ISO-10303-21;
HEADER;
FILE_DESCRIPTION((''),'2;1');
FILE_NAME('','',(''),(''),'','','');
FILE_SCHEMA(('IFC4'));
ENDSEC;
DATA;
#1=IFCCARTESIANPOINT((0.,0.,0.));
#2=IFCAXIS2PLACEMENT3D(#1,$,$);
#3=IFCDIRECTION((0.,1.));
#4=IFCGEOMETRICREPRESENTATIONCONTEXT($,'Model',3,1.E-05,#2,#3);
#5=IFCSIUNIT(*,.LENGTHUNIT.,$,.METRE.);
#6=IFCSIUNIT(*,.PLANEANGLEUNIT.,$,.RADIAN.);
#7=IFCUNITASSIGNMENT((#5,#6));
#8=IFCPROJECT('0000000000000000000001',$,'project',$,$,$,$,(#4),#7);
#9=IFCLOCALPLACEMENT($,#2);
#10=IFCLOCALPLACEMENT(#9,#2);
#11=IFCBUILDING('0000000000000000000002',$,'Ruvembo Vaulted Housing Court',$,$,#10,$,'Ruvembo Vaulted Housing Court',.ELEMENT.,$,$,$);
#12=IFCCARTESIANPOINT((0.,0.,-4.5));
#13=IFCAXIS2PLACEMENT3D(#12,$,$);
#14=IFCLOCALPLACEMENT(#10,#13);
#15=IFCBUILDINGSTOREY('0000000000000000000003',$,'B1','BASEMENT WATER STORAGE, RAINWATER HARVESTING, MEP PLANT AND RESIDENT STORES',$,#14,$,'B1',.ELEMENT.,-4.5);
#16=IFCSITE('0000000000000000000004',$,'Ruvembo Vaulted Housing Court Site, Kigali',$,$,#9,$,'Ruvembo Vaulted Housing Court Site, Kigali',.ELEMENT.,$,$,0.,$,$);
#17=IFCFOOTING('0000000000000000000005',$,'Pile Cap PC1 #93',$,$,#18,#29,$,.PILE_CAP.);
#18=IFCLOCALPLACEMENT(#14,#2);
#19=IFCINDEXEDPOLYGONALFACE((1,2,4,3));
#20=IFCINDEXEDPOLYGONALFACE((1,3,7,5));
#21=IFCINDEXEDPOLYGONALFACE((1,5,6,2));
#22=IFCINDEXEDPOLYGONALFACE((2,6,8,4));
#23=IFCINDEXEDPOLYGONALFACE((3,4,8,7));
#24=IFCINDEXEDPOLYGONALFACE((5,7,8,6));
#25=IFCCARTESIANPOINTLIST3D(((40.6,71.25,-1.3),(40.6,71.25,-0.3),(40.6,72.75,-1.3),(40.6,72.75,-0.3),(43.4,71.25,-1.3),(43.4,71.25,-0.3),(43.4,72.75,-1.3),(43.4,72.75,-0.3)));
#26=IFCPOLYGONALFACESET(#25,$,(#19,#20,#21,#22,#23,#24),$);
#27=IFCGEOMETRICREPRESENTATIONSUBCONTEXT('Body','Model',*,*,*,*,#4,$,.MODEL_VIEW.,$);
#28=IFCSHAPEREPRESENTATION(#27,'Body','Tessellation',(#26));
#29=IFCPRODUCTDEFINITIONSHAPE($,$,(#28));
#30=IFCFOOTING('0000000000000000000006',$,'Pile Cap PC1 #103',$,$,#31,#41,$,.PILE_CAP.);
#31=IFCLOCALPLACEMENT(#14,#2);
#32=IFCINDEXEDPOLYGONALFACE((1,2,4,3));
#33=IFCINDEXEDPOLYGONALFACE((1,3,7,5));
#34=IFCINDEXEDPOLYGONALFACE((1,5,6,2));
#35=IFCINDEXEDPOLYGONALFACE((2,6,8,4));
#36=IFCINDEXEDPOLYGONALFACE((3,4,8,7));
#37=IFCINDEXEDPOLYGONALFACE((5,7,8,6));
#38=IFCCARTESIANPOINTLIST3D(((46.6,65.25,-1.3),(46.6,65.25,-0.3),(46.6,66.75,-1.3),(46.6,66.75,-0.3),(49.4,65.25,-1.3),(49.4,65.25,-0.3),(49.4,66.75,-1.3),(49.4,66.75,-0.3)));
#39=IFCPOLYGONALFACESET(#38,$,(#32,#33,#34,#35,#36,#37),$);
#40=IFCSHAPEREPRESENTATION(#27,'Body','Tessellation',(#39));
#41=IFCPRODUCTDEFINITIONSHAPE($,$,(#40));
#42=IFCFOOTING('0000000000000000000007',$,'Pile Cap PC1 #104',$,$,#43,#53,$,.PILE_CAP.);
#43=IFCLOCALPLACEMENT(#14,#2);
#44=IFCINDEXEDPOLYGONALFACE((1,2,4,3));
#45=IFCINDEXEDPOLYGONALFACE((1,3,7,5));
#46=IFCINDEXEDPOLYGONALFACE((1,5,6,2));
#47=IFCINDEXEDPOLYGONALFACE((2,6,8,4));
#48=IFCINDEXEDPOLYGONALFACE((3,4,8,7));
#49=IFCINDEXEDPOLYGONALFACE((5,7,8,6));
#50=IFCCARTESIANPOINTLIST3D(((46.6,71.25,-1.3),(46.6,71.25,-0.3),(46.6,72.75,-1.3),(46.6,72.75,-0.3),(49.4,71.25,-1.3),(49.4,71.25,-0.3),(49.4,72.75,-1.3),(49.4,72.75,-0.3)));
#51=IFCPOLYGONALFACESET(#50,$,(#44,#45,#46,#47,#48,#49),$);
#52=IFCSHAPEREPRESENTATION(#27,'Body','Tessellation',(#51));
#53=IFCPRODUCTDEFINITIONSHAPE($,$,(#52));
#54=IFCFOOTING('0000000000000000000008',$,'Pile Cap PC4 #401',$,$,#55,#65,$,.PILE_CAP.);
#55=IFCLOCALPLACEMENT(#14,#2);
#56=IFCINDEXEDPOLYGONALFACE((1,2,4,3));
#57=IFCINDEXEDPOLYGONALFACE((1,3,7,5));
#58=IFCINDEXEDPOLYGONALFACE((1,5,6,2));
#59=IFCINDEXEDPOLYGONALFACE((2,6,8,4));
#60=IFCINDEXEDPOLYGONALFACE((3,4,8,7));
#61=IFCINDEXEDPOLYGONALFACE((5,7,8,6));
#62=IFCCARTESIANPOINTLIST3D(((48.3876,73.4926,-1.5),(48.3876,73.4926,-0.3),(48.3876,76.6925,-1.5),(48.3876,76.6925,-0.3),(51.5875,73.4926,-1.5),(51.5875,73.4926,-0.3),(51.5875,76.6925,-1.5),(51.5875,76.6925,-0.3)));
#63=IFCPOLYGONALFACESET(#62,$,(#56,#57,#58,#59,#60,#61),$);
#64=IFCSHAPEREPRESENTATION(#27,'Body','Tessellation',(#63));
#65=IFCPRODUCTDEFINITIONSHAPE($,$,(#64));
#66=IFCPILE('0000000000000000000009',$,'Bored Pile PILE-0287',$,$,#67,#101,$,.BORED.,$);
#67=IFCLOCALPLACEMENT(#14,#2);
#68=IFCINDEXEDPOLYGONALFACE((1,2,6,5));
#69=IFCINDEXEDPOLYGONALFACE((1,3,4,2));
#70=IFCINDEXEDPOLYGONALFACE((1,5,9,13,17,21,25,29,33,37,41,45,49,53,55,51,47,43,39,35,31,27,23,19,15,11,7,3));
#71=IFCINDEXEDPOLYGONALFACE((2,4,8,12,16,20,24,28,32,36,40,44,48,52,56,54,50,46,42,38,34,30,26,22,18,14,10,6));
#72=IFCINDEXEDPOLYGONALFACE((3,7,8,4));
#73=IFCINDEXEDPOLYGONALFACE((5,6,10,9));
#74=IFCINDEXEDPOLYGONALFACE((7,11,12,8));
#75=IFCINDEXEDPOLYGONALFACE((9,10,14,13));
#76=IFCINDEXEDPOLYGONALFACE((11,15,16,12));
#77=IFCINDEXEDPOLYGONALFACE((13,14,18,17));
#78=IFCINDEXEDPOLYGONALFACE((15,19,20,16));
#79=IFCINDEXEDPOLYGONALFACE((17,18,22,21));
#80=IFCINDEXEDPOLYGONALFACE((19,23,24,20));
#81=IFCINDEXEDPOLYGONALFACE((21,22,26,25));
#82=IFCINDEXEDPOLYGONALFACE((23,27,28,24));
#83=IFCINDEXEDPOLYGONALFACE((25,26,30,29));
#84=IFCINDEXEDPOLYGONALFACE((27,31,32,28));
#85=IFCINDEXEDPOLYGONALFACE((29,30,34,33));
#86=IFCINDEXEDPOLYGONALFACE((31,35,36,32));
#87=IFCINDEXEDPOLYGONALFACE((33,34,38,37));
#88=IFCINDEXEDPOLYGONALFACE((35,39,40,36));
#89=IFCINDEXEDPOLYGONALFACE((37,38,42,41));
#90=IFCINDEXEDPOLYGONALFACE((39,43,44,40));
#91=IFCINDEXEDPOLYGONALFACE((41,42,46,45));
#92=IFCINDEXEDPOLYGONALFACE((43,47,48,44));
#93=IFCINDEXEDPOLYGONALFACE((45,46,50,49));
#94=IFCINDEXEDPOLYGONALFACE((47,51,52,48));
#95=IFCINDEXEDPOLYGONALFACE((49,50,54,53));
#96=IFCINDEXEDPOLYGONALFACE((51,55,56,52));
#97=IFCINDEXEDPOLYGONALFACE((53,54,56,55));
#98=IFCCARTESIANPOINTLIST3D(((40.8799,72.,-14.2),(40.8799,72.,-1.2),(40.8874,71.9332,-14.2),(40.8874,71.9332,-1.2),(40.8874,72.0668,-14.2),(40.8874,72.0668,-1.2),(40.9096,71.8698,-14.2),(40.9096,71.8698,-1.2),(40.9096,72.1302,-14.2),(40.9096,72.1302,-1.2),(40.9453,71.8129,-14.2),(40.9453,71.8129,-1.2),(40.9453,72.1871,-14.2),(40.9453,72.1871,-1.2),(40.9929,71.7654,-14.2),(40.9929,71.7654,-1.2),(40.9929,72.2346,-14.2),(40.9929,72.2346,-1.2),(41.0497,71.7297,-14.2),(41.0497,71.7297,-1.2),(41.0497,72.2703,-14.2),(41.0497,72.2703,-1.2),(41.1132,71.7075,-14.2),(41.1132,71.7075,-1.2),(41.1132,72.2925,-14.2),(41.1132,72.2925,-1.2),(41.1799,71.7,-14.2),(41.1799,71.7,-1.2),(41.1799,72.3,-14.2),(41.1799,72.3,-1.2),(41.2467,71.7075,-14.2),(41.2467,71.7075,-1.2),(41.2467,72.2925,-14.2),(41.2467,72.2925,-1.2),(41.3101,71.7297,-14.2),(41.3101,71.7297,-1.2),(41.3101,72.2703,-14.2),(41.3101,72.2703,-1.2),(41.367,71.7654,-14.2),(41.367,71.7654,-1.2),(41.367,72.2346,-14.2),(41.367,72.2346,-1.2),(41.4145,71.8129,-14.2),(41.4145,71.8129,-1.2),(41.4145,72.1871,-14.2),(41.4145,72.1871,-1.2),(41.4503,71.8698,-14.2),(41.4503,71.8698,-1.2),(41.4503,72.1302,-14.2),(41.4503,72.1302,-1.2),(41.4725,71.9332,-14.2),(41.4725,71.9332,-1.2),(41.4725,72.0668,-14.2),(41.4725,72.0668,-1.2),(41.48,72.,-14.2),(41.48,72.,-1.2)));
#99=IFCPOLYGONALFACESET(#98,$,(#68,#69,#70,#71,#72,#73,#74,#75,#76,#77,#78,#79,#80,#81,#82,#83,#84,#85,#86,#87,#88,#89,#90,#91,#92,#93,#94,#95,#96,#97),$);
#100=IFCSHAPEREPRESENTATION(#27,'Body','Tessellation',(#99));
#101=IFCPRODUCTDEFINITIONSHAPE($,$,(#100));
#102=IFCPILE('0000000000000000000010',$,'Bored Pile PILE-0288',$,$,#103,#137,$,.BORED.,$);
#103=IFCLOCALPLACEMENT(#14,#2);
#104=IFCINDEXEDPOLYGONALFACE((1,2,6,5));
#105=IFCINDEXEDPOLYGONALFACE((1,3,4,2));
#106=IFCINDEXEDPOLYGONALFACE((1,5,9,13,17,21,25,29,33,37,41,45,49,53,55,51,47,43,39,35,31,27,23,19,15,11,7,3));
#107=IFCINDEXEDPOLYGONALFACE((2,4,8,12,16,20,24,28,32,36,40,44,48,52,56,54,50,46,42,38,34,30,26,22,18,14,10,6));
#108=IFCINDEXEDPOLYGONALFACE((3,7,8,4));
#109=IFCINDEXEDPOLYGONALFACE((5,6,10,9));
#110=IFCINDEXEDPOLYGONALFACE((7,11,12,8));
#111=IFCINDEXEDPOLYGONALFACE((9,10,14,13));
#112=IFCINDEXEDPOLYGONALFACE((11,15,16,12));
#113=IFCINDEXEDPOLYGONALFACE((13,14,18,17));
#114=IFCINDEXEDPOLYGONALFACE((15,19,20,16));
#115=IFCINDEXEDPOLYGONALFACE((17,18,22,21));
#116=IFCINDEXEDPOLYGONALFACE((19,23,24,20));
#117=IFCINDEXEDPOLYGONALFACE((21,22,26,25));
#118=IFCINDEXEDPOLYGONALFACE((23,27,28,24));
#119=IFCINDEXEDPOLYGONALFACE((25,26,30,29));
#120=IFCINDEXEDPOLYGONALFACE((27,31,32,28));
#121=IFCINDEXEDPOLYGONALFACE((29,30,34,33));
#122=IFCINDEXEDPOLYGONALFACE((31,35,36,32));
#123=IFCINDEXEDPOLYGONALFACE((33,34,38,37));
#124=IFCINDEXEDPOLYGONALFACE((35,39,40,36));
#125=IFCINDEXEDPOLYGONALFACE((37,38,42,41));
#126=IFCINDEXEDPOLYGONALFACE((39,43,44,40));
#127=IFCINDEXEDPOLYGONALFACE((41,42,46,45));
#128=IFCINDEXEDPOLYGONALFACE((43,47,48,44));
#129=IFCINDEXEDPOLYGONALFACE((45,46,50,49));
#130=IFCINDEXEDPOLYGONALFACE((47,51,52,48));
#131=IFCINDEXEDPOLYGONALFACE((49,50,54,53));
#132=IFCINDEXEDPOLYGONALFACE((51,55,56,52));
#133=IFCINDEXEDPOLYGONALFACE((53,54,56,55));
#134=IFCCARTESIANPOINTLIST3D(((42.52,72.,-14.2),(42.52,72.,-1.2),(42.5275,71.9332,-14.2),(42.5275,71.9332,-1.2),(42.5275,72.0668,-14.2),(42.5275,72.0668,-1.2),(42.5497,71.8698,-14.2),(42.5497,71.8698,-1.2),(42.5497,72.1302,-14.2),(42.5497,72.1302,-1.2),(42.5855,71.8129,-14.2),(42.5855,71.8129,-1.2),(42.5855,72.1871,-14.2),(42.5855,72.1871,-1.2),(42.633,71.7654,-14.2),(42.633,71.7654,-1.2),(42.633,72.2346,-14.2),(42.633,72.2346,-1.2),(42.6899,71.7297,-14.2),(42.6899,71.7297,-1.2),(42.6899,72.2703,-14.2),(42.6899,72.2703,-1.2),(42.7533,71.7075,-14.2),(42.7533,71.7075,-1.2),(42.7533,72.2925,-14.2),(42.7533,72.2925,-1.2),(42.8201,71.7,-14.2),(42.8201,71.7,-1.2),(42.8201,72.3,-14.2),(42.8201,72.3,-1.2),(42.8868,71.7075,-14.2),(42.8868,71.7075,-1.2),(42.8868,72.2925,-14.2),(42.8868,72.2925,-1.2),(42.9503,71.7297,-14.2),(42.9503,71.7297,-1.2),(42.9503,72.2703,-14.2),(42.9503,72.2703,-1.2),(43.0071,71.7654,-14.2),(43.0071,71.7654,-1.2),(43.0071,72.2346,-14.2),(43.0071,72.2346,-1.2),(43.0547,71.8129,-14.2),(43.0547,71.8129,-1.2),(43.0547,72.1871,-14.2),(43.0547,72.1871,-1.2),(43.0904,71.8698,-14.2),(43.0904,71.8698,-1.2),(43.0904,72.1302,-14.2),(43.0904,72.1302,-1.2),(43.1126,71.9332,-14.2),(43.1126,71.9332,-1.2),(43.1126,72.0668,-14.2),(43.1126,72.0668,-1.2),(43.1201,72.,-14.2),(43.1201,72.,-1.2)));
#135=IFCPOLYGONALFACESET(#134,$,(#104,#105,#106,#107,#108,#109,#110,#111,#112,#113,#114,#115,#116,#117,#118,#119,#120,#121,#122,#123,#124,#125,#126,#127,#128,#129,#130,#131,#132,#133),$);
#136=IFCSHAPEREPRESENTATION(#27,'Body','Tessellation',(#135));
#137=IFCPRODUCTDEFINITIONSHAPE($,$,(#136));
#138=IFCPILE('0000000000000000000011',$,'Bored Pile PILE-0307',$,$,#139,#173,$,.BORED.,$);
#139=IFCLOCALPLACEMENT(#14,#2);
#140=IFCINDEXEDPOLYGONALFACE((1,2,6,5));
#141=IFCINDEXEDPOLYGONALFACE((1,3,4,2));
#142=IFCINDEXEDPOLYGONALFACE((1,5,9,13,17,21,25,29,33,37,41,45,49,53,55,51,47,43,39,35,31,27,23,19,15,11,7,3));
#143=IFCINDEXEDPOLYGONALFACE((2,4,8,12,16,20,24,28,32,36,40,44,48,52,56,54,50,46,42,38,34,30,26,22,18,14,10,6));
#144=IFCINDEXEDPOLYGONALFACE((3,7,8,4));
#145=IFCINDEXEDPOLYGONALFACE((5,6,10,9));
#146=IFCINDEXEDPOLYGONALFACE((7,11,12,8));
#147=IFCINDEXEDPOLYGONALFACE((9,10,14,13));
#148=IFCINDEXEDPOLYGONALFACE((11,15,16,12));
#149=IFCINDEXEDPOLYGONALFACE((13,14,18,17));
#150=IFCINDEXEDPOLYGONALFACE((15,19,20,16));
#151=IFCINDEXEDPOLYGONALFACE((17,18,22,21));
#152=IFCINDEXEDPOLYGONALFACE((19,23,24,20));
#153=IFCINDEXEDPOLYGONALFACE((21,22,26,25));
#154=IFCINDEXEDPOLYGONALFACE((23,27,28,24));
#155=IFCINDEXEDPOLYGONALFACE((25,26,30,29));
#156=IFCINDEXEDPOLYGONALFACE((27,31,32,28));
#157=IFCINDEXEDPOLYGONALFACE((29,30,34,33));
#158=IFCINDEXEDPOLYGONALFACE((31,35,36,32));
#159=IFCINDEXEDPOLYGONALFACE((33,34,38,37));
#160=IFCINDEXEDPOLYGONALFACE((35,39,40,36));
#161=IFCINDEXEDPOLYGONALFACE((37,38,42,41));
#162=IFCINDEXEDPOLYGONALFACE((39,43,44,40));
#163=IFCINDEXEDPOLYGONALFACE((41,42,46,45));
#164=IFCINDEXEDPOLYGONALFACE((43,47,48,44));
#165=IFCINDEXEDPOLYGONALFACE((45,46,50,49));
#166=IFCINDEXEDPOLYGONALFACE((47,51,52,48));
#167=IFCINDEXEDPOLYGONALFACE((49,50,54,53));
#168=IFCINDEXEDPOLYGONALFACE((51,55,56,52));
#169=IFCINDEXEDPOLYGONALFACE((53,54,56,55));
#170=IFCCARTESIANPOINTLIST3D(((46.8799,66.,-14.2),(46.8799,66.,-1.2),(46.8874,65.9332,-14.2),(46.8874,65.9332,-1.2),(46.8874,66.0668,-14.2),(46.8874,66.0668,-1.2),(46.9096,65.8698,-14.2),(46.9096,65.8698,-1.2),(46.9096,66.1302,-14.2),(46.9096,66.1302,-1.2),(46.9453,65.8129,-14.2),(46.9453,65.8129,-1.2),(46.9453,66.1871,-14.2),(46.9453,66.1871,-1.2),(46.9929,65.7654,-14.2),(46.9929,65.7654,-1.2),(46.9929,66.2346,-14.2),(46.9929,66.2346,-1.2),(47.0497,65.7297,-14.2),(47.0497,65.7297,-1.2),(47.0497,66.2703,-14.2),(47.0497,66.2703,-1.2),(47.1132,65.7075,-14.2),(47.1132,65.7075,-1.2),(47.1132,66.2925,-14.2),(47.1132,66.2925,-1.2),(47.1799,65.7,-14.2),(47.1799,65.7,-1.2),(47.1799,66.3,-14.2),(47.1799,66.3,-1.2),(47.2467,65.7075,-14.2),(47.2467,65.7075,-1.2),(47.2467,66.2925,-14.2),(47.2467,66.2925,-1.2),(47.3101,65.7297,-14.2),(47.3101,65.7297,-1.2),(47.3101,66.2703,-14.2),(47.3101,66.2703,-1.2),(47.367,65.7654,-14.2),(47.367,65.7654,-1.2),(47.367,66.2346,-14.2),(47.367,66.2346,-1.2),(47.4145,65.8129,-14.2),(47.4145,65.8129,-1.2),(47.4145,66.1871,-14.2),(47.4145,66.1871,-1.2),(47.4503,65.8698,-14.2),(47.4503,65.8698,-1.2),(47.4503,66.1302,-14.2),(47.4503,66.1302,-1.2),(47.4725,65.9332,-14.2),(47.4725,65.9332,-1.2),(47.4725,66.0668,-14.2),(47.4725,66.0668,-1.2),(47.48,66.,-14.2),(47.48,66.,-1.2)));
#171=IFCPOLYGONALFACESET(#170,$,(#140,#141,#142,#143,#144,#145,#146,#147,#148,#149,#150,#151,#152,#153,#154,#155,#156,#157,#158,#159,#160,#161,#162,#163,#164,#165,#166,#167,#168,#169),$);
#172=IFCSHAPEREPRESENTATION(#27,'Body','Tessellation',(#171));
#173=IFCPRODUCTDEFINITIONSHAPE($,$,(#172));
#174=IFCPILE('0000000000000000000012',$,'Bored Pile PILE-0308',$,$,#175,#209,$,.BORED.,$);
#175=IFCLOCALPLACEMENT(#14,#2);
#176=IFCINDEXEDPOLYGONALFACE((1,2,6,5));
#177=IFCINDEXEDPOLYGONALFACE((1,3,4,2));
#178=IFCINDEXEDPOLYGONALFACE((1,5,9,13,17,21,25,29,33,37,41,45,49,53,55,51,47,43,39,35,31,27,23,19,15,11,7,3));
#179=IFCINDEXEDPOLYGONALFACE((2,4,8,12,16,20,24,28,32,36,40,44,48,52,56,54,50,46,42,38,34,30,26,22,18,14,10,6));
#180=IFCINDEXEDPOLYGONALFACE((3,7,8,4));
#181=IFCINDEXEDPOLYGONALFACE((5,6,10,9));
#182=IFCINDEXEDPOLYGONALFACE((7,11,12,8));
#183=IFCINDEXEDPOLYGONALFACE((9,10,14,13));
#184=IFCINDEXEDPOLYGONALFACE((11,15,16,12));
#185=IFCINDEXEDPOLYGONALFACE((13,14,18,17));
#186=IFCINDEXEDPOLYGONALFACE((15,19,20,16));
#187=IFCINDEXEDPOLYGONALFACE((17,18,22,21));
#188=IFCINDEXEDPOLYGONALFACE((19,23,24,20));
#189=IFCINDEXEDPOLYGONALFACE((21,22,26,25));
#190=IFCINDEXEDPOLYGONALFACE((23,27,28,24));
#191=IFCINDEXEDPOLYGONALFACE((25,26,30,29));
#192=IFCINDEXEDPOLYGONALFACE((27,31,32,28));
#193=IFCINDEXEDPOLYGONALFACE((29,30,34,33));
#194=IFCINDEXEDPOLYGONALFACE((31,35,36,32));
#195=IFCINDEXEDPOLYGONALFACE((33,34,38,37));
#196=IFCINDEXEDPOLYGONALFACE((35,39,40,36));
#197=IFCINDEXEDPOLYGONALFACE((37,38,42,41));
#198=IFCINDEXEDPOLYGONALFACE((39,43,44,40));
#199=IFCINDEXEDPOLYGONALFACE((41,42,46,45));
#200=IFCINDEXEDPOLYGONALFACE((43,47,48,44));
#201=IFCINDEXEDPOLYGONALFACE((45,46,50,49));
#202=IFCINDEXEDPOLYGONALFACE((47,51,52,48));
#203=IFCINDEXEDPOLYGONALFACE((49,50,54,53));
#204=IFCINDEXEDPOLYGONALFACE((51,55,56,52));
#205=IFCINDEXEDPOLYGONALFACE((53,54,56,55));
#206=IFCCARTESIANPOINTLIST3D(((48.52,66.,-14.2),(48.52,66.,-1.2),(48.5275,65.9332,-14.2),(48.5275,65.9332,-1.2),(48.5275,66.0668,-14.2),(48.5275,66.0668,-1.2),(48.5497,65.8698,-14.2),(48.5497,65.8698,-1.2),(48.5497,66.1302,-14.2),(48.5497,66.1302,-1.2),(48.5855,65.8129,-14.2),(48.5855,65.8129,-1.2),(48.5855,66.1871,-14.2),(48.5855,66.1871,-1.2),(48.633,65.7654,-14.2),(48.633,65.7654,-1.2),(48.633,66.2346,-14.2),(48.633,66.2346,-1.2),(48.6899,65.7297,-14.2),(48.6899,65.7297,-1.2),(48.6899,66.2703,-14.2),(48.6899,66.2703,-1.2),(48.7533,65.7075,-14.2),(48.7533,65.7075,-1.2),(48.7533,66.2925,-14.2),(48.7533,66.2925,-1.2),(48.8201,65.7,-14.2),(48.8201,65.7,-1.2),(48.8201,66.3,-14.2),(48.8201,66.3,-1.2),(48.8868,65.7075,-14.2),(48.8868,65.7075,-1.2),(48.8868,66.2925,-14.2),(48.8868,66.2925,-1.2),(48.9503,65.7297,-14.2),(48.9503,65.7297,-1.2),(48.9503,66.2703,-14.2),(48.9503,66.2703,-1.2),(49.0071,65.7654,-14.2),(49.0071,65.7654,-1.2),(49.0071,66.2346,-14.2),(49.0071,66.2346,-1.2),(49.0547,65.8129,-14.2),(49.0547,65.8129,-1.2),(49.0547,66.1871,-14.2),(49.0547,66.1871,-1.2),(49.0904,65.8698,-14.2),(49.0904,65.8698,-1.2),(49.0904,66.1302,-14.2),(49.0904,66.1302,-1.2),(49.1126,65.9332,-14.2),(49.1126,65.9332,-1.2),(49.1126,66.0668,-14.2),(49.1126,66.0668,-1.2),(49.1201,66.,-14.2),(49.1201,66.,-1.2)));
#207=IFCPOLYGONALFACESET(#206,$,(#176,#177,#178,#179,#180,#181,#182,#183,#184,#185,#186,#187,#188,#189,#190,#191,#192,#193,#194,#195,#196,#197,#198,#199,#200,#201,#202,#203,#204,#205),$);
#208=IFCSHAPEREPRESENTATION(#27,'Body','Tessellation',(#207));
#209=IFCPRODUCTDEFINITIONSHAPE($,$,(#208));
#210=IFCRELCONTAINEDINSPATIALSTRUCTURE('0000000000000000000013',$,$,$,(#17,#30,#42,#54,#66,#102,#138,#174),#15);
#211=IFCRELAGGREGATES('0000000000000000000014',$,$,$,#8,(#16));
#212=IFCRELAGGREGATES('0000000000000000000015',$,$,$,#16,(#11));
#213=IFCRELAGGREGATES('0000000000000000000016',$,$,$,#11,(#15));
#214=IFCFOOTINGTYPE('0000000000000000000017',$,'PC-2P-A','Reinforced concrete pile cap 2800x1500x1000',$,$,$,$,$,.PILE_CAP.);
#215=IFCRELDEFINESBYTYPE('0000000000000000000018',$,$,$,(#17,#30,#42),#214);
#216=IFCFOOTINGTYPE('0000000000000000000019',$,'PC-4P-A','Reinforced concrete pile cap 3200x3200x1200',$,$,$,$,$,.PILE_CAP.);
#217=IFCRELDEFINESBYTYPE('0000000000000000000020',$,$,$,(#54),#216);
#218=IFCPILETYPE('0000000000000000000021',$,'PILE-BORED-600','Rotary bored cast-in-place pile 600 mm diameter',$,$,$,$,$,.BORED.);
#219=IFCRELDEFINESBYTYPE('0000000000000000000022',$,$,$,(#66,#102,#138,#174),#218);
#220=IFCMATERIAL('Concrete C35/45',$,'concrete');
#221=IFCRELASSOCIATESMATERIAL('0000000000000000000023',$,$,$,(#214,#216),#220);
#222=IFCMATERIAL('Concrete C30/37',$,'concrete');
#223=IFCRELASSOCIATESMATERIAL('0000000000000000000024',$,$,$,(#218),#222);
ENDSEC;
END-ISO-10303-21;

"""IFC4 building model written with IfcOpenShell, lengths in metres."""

from ifc_helpers import new_model, si_unit, direction, frame, origin, origin_2d, place, context, subcontext, project, spatial, rectangle, circle, extrude, material, material_profile, profile_set, type_object, element, save


model = new_model("IFC4")

# Units and contexts
model_context = context("Model", 3, precision=1e-05, world=origin(), true_north=direction((0.0, 1.0)))
body_context = subcontext(model_context, "Body", "Model", "MODEL_VIEW")
ifc_project = project(units=[si_unit("LENGTHUNIT", "METRE"), si_unit("PLANEANGLEUNIT", "RADIAN")], contexts=[model_context])

# Site, building, storey
site_placement = place(None, origin())
site = spatial("IfcSite", under=ifc_project, at=site_placement, Name="Ruvembo Vaulted Housing Court Site, Kigali", LongName="Ruvembo Vaulted Housing Court Site, Kigali", CompositionType="ELEMENT", RefElevation=0.0)
building_placement = place(site_placement, origin())
building = spatial("IfcBuilding", under=site, at=building_placement, Name="Ruvembo Vaulted Housing Court", LongName="Ruvembo Vaulted Housing Court", CompositionType="ELEMENT")
storey_placement = place(building_placement, frame((0.0, 0.0, -4.5)))
storey = spatial("IfcBuildingStorey", under=building, at=storey_placement, Name="B1", Description="BASEMENT WATER STORAGE, RAINWATER HARVESTING, MEP PLANT AND RESIDENT STORES", LongName="B1", CompositionType="ELEMENT", Elevation=-4.5)

# Footings
ifc_material_1 = material(Name="Concrete C35/45", Category="concrete")
footing_type_1 = type_object("IfcFootingType", Name="PC-2P-A", Description="Reinforced concrete pile cap 2800x1500x1000", PredefinedType="PILE_CAP", material=ifc_material_1)
for number, where, z_axis, x_axis, name in (
    (1, (42.0, 72.0, -1.3), (0.0, 0.0, 1.0), (1.0, 0.0, 0.0), "Pile Cap PC1 #93"),
    (2, (48.0, 66.0, -1.3), (0.0, 0.0, 1.0), (1.0, 0.0, 0.0), "Pile Cap PC1 #103"),
    (3, (48.0, 72.0, -1.3), (0.0, 0.0, 1.0), (1.0, 0.0, 0.0), "Pile Cap PC1 #104"),
):
    element("IfcFooting", number, at=place(storey_placement, frame(where, z_axis=z_axis, x_axis=x_axis)), inside=storey, type_object=footing_type_1, Name=name, PredefinedType="PILE_CAP", context=body_context, shape_type="SweptSolid", body=[
        extrude(rectangle(XDim=2.8, YDim=1.5, at=origin_2d()), origin(), (0.0, 0.0, 1.0), 1.0),
    ])
footing_type_2 = type_object("IfcFootingType", Name="PC-4P-A", Description="Reinforced concrete pile cap 3200x3200x1200", PredefinedType="PILE_CAP", material=ifc_material_1)
footing_placement = place(storey_placement, frame((49.9875, 75.0925, -1.5), z_axis=(0.0, 0.0, 1.0), x_axis=(1.0, 0.0, 0.0)))
element("IfcFooting", 4, at=footing_placement, inside=storey, type_object=footing_type_2, Name="Pile Cap PC4 #401", PredefinedType="PILE_CAP", context=body_context, shape_type="SweptSolid", body=[
    extrude(rectangle(XDim=3.2, YDim=3.2, at=origin_2d()), origin(), (0.0, 0.0, 1.0), 1.2),
])

# Piles
ifc_material_2 = material(Name="Concrete C30/37", Category="concrete")
ifc_material_profile_1 = material_profile(ifc_material_2, circle(Radius=0.3, at=origin_2d()), Name="PILE D600")
ifc_profile_set_1 = profile_set([ifc_material_profile_1], Name="Concrete C30/37")
pile_type_1 = type_object("IfcPileType", Name="PILE-BORED-600", Description="Rotary bored cast-in-place pile 600 mm diameter", PredefinedType="BORED", material=ifc_profile_set_1)
for number, where, z_axis, x_axis, name in (
    (5, (41.1799, 72.0, -1.2), (0.0, 0.0, -1.0), (1.0, 0.0, 0.0), "Bored Pile PILE-0287"),
    (6, (42.8201, 72.0, -1.2), (0.0, 0.0, -1.0), (1.0, 0.0, 0.0), "Bored Pile PILE-0288"),
    (7, (47.1799, 66.0, -1.2), (0.0, 0.0, -1.0), (1.0, 0.0, 0.0), "Bored Pile PILE-0307"),
    (8, (48.8201, 66.0, -1.2), (0.0, 0.0, -1.0), (1.0, 0.0, 0.0), "Bored Pile PILE-0308"),
):
    element("IfcPile", number, at=place(storey_placement, frame(where, z_axis=z_axis, x_axis=x_axis)), inside=storey, type_object=pile_type_1, Name=name, PredefinedType="BORED", context=body_context, shape_type="SweptSolid", body=[
        extrude(circle(Radius=0.3, at=origin_2d()), origin(), (0.0, 0.0, 1.0), 13.0),
    ])

save(model, "model.ifc")
